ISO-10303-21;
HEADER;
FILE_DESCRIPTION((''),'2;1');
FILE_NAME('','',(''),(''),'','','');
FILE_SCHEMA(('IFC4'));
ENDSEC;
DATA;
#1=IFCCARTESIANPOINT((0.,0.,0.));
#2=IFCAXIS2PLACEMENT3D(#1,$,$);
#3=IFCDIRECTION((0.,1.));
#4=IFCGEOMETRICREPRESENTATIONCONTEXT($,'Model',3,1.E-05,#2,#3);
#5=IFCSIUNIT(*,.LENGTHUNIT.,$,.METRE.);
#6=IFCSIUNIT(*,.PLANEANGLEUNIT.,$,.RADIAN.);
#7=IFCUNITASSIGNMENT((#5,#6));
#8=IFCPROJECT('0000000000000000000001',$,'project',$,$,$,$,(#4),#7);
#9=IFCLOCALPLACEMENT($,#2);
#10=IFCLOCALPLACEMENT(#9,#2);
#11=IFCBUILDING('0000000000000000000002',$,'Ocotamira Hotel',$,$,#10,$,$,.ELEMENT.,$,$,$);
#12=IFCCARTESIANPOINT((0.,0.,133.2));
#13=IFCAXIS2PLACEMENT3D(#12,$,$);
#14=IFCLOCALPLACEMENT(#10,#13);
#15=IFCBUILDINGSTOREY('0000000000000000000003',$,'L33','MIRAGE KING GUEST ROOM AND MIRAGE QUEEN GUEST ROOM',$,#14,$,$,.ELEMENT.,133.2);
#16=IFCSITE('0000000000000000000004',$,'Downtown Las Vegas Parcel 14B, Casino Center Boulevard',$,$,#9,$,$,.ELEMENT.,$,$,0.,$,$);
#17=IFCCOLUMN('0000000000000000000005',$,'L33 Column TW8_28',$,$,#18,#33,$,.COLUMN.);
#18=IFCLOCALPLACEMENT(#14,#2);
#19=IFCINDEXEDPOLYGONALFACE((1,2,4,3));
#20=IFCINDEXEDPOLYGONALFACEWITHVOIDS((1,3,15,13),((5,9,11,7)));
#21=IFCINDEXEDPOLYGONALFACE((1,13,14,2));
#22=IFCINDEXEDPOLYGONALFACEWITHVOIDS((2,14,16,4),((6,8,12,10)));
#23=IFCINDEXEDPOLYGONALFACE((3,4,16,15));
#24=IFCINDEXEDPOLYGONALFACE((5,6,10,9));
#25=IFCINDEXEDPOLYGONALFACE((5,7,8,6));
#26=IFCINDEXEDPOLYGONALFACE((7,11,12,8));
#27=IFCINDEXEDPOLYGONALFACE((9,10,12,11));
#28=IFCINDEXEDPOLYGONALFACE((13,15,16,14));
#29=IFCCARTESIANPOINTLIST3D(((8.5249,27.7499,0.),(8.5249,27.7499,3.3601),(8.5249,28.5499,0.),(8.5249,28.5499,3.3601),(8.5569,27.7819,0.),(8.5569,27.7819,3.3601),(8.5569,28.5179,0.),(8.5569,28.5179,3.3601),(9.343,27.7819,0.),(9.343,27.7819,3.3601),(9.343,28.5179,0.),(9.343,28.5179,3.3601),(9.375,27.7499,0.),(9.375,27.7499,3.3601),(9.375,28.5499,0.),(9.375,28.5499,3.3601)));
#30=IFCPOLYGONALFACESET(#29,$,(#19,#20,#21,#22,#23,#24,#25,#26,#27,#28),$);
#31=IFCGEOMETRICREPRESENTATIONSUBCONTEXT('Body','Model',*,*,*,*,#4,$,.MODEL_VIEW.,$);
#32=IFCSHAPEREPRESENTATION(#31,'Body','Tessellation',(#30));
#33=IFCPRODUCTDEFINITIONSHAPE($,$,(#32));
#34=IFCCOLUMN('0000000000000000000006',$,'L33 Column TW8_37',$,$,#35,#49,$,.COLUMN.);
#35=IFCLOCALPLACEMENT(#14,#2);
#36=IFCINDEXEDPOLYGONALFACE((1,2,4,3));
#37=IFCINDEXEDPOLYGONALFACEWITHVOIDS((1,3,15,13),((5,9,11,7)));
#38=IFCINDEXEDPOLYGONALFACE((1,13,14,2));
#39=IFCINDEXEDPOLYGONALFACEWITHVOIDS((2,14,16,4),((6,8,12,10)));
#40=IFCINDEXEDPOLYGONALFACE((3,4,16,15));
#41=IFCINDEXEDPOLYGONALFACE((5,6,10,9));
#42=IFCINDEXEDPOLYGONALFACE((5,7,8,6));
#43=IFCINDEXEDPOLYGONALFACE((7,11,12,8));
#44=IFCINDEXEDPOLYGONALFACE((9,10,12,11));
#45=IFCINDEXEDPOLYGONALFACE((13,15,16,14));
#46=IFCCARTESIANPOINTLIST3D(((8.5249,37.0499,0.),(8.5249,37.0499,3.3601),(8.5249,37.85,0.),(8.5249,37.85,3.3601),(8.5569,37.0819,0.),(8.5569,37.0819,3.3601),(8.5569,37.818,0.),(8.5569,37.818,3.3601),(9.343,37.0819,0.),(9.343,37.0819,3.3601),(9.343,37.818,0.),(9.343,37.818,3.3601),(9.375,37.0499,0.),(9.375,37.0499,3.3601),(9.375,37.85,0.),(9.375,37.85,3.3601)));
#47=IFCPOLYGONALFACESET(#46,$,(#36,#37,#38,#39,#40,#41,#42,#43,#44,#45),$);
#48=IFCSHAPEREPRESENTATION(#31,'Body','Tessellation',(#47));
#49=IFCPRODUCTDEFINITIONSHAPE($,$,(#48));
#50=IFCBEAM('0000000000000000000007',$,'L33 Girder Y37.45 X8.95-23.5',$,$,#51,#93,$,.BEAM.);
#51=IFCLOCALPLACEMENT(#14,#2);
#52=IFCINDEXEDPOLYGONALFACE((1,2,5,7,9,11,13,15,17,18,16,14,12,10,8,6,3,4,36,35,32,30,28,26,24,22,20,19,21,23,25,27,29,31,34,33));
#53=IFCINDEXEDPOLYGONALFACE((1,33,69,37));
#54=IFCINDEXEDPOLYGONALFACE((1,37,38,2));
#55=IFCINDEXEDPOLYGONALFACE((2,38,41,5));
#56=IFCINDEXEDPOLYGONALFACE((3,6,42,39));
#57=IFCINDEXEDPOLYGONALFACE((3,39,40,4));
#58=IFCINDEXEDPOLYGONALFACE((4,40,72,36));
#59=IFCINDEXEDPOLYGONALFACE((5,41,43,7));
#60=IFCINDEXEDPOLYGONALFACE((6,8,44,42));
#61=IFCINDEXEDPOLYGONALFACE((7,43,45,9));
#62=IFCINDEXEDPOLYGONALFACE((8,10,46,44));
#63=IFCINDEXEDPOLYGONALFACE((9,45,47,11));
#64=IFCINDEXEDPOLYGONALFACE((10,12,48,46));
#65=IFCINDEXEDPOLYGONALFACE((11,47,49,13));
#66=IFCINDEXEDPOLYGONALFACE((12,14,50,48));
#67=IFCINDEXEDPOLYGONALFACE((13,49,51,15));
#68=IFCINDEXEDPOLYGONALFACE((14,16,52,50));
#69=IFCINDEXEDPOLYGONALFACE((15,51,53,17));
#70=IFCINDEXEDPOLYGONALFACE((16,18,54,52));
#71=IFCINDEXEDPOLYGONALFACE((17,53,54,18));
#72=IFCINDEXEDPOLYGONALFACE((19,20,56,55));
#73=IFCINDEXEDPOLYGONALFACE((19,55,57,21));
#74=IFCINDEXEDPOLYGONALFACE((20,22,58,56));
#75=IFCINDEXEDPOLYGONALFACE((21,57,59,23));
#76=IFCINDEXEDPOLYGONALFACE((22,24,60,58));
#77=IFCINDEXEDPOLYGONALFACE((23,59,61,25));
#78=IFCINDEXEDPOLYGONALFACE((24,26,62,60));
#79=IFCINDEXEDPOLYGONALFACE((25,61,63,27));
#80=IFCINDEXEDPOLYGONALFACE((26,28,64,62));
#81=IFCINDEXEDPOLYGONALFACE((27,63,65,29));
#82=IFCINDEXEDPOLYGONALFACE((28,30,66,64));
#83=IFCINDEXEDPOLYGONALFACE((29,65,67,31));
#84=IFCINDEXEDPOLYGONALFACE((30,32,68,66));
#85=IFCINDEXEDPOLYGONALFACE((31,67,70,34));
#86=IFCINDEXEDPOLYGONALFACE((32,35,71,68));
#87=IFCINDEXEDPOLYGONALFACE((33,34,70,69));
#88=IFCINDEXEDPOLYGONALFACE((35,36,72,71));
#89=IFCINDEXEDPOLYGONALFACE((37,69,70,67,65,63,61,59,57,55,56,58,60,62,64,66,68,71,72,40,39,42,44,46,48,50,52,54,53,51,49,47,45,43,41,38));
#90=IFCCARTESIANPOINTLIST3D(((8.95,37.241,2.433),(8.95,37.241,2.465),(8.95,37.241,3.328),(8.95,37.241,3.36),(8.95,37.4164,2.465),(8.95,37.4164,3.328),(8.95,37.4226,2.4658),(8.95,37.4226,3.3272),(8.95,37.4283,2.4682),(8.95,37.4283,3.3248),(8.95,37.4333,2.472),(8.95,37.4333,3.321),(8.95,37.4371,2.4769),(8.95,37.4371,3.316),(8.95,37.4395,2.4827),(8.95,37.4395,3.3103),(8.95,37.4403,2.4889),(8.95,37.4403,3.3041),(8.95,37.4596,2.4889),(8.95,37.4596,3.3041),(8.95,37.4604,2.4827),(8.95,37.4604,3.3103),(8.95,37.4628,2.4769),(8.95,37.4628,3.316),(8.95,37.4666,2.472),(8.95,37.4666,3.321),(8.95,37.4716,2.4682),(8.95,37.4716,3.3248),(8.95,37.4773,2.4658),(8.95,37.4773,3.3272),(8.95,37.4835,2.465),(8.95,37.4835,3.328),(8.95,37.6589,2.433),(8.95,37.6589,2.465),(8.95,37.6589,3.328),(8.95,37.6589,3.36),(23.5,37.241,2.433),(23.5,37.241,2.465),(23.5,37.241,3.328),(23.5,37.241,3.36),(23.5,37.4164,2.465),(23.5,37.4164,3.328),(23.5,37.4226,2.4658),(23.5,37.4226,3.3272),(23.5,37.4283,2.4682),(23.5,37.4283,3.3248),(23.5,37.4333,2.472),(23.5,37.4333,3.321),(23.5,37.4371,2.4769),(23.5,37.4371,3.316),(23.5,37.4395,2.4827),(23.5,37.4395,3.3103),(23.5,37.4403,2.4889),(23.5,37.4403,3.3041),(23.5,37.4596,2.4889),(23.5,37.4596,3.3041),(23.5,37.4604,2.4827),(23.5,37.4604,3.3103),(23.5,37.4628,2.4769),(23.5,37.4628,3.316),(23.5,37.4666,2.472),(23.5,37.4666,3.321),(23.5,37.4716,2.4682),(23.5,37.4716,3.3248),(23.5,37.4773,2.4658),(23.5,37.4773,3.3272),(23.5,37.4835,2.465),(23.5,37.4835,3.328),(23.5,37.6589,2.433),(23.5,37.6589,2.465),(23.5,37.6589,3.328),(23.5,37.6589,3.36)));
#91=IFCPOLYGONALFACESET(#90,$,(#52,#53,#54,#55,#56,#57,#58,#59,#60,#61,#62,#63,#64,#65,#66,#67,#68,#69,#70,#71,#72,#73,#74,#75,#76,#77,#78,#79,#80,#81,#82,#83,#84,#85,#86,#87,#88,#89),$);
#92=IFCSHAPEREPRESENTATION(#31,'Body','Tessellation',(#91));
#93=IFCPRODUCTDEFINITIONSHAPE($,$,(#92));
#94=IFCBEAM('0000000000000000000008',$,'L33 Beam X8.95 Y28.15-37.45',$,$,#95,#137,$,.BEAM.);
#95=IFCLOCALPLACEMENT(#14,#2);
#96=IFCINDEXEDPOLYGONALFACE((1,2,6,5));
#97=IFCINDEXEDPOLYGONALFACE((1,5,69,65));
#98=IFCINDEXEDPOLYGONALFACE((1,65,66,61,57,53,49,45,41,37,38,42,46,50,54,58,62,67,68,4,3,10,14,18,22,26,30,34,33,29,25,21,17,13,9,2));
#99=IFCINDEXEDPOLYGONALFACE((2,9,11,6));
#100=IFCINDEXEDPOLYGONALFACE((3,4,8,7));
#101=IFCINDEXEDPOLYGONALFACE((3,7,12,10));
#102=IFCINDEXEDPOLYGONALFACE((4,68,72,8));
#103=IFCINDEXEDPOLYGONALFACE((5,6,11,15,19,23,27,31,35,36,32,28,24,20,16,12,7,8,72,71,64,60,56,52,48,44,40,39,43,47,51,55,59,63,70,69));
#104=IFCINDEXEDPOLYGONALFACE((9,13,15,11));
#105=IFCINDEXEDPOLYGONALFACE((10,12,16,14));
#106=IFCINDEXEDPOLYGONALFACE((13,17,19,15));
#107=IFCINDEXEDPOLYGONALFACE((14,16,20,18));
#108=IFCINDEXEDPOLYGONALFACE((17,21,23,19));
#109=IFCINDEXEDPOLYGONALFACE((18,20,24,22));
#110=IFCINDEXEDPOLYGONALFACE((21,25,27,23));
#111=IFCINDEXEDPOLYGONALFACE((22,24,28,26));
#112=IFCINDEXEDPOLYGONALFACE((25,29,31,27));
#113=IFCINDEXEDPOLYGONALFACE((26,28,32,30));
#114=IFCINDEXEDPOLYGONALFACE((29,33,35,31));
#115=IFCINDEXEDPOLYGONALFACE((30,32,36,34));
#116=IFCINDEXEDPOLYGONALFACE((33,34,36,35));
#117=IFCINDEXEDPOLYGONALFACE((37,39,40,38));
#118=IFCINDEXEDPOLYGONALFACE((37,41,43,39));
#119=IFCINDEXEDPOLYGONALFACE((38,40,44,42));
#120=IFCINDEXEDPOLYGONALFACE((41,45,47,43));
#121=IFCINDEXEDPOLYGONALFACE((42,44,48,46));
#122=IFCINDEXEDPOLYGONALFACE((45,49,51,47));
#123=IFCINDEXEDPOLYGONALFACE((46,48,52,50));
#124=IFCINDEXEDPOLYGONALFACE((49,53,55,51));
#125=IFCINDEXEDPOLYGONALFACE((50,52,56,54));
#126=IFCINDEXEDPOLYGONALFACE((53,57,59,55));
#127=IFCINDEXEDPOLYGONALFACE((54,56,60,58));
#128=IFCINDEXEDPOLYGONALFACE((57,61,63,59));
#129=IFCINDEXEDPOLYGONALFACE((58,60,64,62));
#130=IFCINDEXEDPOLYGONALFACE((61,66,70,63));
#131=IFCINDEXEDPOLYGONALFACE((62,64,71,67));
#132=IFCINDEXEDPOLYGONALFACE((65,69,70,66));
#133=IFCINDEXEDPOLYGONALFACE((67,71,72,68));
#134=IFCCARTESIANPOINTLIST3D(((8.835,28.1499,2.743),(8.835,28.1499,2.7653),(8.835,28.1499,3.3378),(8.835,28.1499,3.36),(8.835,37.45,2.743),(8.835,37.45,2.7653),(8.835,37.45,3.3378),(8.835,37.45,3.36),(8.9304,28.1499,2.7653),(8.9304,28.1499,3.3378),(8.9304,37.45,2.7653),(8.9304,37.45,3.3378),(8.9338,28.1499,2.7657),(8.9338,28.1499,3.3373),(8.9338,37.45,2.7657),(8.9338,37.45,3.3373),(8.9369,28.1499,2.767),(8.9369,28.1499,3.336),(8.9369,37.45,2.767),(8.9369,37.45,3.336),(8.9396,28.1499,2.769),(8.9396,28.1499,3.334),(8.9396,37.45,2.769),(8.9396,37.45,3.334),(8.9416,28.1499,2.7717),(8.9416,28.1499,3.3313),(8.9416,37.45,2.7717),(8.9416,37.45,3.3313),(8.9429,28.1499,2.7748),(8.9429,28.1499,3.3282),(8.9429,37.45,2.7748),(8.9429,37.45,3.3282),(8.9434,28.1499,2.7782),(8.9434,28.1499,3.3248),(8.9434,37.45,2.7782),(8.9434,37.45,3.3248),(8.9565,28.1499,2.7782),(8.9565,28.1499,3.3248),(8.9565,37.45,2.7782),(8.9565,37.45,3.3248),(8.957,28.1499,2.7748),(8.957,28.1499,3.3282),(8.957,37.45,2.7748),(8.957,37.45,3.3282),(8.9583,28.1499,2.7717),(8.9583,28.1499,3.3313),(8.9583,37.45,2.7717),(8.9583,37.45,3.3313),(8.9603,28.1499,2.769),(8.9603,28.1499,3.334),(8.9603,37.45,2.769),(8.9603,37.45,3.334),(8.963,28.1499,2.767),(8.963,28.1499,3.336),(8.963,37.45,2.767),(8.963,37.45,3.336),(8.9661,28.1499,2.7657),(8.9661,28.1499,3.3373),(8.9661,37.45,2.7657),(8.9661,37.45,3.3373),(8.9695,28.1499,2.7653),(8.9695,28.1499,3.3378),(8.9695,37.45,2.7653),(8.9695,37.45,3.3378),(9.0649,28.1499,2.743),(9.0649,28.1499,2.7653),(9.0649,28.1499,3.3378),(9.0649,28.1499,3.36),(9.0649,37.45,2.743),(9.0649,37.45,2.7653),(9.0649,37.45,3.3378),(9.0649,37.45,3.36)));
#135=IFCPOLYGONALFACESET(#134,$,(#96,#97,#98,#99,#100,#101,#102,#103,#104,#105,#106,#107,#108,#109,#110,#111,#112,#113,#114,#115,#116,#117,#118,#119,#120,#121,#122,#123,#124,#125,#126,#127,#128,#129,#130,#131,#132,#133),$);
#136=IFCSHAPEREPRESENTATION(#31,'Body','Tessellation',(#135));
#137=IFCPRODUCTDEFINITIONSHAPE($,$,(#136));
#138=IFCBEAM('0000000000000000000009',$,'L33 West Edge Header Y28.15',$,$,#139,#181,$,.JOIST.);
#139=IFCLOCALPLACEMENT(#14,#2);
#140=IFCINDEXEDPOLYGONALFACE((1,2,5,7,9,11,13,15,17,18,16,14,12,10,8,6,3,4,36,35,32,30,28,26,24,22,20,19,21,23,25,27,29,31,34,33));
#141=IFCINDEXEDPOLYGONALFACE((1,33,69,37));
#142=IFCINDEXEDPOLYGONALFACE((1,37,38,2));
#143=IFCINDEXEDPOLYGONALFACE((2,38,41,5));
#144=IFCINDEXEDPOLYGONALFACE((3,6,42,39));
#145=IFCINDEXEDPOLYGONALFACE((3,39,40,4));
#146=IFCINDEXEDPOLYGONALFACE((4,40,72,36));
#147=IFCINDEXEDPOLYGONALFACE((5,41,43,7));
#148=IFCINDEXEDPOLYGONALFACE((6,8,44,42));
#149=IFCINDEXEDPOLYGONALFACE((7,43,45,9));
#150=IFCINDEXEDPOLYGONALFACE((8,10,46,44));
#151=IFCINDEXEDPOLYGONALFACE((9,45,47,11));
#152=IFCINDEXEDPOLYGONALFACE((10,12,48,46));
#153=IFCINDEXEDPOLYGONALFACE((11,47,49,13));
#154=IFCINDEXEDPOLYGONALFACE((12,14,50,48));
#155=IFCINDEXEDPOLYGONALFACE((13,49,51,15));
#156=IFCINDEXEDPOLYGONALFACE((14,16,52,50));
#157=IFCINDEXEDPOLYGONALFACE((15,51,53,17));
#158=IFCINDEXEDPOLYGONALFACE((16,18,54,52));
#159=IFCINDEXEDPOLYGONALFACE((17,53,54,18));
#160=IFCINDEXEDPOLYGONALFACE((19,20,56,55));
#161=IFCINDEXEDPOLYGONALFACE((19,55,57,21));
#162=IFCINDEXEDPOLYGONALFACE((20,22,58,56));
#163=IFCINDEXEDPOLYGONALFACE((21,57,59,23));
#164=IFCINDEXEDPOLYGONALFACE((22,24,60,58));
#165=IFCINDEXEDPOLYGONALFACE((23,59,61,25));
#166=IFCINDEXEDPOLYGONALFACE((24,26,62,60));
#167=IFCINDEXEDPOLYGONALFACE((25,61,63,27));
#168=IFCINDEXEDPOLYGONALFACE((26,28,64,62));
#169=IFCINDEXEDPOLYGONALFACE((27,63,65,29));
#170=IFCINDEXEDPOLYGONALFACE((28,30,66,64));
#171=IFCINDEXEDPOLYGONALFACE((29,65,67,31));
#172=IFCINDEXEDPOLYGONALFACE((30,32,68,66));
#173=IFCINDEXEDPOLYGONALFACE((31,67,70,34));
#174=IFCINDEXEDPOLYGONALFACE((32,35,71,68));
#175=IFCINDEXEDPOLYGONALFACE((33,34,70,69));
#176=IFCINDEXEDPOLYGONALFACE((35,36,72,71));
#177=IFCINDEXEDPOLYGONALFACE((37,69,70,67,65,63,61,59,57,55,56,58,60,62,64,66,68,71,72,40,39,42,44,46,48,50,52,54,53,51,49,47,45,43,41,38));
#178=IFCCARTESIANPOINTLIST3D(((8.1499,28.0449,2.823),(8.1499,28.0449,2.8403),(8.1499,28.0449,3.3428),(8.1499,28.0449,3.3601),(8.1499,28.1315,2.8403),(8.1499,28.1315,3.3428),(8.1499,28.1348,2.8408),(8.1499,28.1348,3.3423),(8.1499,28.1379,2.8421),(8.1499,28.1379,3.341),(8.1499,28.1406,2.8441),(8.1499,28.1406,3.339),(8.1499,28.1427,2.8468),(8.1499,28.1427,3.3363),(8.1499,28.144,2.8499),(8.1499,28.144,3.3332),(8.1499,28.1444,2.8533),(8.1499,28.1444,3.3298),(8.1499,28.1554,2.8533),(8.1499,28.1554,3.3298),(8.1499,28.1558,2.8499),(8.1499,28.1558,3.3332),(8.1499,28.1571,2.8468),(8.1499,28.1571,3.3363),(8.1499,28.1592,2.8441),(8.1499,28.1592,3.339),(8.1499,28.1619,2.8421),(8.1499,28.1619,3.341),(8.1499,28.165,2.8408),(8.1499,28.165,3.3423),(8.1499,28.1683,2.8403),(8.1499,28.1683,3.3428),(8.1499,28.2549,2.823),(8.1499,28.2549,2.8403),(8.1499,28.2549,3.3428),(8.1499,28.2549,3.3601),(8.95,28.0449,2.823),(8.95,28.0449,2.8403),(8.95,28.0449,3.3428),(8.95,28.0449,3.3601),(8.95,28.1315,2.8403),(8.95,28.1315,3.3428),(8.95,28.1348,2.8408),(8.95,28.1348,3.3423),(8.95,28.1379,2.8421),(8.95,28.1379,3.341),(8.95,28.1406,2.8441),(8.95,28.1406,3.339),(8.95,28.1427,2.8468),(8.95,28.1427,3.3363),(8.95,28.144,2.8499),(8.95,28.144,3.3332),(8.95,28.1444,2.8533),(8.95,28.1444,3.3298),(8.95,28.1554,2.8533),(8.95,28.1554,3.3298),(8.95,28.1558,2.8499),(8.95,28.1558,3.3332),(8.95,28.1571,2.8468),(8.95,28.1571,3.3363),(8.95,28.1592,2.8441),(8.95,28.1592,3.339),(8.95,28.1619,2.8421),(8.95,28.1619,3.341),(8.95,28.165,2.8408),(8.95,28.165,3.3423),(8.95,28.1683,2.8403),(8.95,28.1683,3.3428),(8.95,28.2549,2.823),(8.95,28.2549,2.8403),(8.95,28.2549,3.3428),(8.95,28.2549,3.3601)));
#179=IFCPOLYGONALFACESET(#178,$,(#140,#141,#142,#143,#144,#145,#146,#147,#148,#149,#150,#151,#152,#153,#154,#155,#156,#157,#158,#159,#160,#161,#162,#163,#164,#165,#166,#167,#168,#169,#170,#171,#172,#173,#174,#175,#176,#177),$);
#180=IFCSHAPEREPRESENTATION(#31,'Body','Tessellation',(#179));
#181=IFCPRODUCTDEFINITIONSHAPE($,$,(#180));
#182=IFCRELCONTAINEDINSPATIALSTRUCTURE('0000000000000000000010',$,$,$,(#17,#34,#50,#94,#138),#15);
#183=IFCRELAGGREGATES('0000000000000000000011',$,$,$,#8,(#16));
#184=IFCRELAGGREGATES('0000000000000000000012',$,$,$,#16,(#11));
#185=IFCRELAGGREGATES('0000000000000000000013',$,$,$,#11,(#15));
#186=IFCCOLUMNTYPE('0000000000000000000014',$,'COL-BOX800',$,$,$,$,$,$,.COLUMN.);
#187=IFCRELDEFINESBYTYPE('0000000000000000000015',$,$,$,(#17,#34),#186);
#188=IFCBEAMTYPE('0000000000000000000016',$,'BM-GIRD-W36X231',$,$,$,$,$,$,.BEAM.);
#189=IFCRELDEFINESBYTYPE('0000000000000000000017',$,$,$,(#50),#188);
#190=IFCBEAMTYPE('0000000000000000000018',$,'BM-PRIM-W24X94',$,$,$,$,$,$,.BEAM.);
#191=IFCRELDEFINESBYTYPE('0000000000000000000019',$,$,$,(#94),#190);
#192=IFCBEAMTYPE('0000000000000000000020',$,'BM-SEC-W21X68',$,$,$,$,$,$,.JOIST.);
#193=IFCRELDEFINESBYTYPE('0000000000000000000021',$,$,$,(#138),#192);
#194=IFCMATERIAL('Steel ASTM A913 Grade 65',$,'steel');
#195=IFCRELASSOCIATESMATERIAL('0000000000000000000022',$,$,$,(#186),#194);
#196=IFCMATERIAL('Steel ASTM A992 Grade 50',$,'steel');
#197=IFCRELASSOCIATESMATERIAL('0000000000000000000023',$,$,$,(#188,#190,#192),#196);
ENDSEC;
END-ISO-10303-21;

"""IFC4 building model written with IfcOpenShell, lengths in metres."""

from ifc_helpers import new_model, si_unit, direction, frame, origin, origin_2d, place, context, subcontext, project, spatial, hollow_rectangle, i_section, extrude, source, transform, mapped, material, material_profile, profile_set, type_object, element, save


model = new_model("IFC4")

# Units and contexts
model_context = context("Model", 3, precision=1e-05, world=origin(), true_north=direction((0.0, 1.0)))
body_context = subcontext(model_context, "Body", "Model", "MODEL_VIEW")
ifc_project = project(units=[si_unit("LENGTHUNIT", "METRE"), si_unit("PLANEANGLEUNIT", "RADIAN")], contexts=[model_context])

# Site, building, storey
site_placement = place(None, origin())
site = spatial("IfcSite", under=ifc_project, at=site_placement, Name="Downtown Las Vegas Parcel 14B, Casino Center Boulevard", CompositionType="ELEMENT", RefElevation=0.0)
building_placement = place(site_placement, origin())
building = spatial("IfcBuilding", under=site, at=building_placement, Name="Ocotamira Hotel", CompositionType="ELEMENT")
storey_placement = place(building_placement, frame((0.0, 0.0, 133.2)))
storey = spatial("IfcBuildingStorey", under=building, at=storey_placement, Name="L33", Description="MIRAGE KING GUEST ROOM AND MIRAGE QUEEN GUEST ROOM", CompositionType="ELEMENT", Elevation=133.2)

# Columns
ifc_material_1 = material(Name="Steel ASTM A913 Grade 65", Category="steel")
ifc_material_profile_1 = material_profile(ifc_material_1, hollow_rectangle(XDim=0.8501, YDim=0.8, WallThickness=0.032, at=origin_2d()), Name="BOX800X850X32")
ifc_profile_set_1 = profile_set([ifc_material_profile_1], Name="Steel ASTM A913 Grade 65")
column_type = type_object("IfcColumnType", Name="COL-BOX800", PredefinedType="COLUMN", material=ifc_profile_set_1)
shared_shape_1 = source(origin(), body_context, "Body", "SweptSolid", [
    extrude(hollow_rectangle(XDim=0.8501, YDim=0.8, WallThickness=0.032, at=origin_2d()), origin(), (0.0, 0.0, 1.0), 3.3601),
])
for number, where, z_axis, x_axis, name in (
    (1, (8.95, 28.1499, 0.0), (0.0, 0.0, 1.0), (1.0, 0.0, 0.0), "L33 Column TW8_28"),
    (2, (8.95, 37.45, 0.0), (0.0, 0.0, 1.0), (1.0, 0.0, 0.0), "L33 Column TW8_37"),
):
    element("IfcColumn", number, at=place(storey_placement, frame(where, z_axis=z_axis, x_axis=x_axis)), inside=storey, type_object=column_type, Name=name, PredefinedType="COLUMN", context=body_context, shape_type="MappedRepresentation", body=[
        mapped(shared_shape_1, transform((0.0, 0.0, 0.0), scale=1.0)),
    ])

# Beams
ifc_material_2 = material(Name="Steel ASTM A992 Grade 50", Category="steel")
ifc_material_profile_2 = material_profile(ifc_material_2, i_section(OverallWidth=0.418, OverallDepth=0.927, WebThickness=0.0193, FlangeThickness=0.032, FilletRadius=0.0239, at=origin_2d()), Name="W36X231")
ifc_profile_set_2 = profile_set([ifc_material_profile_2], Name="Steel ASTM A992 Grade 50")
beam_type_1 = type_object("IfcBeamType", Name="BM-GIRD-W36X231", PredefinedType="BEAM", material=ifc_profile_set_2)
shared_shape_2 = source(origin(), body_context, "Body", "SweptSolid", [
    extrude(i_section(OverallWidth=0.418, OverallDepth=0.927, WebThickness=0.0193, FlangeThickness=0.032, FilletRadius=0.0239, at=origin_2d()), origin(), (0.0, 0.0, 1.0), 14.55),
])
beam_1_placement = place(storey_placement, frame((8.95, 37.45, 2.8965), z_axis=(1.0, 0.0, 0.0), x_axis=(0.0, 1.0, 0.0)))
element("IfcBeam", 3, at=beam_1_placement, inside=storey, type_object=beam_type_1, Name="L33 Girder Y37.45 X8.95-23.5", PredefinedType="BEAM", context=body_context, shape_type="MappedRepresentation", body=[
    mapped(shared_shape_2, transform((0.0, 0.0, 0.0), scale=1.0)),
])
ifc_material_profile_3 = material_profile(ifc_material_2, i_section(OverallWidth=0.23, OverallDepth=0.6169, WebThickness=0.0132, FlangeThickness=0.0222, FilletRadius=0.0129, at=origin_2d()), Name="W24X94")
ifc_profile_set_3 = profile_set([ifc_material_profile_3], Name="Steel ASTM A992 Grade 50")
beam_type_2 = type_object("IfcBeamType", Name="BM-PRIM-W24X94", PredefinedType="BEAM", material=ifc_profile_set_3)
shared_shape_3 = source(origin(), body_context, "Body", "SweptSolid", [
    extrude(i_section(OverallWidth=0.23, OverallDepth=0.6169, WebThickness=0.0132, FlangeThickness=0.0222, FilletRadius=0.0129, at=origin_2d()), origin(), (0.0, 0.0, 1.0), 9.3),
])
beam_2_placement = place(storey_placement, frame((8.95, 28.1499, 3.0515), z_axis=(0.0, 1.0, 0.0), x_axis=(-1.0, 0.0, 0.0)))
element("IfcBeam", 4, at=beam_2_placement, inside=storey, type_object=beam_type_2, Name="L33 Beam X8.95 Y28.15-37.45", PredefinedType="BEAM", context=body_context, shape_type="MappedRepresentation", body=[
    mapped(shared_shape_3, transform((0.0, 0.0, 0.0), scale=1.0)),
])
ifc_material_profile_4 = material_profile(ifc_material_2, i_section(OverallWidth=0.21, OverallDepth=0.5371, WebThickness=0.011, FlangeThickness=0.0173, FilletRadius=0.0129, at=origin_2d()), Name="W21X68")
ifc_profile_set_4 = profile_set([ifc_material_profile_4], Name="Steel ASTM A992 Grade 50")
beam_type_3 = type_object("IfcBeamType", Name="BM-SEC-W21X68", PredefinedType="JOIST", material=ifc_profile_set_4)
shared_shape_4 = source(origin(), body_context, "Body", "SweptSolid", [
    extrude(i_section(OverallWidth=0.21, OverallDepth=0.5371, WebThickness=0.011, FlangeThickness=0.0173, FilletRadius=0.0129, at=origin_2d()), origin(), (0.0, 0.0, 1.0), 0.8),
])
for number, where, z_axis, x_axis, name in (
    (5, (8.95, 28.1499, 3.0916), (-1.0, 0.0, 0.0), (0.0, -1.0, 0.0), "L33 West Edge Header Y28.15"),
):
    element("IfcBeam", number, at=place(storey_placement, frame(where, z_axis=z_axis, x_axis=x_axis)), inside=storey, type_object=beam_type_3, Name=name, PredefinedType="JOIST", context=body_context, shape_type="MappedRepresentation", body=[
        mapped(shared_shape_4, transform((0.0, 0.0, 0.0), scale=1.0)),
    ])

save(model, "model.ifc")
